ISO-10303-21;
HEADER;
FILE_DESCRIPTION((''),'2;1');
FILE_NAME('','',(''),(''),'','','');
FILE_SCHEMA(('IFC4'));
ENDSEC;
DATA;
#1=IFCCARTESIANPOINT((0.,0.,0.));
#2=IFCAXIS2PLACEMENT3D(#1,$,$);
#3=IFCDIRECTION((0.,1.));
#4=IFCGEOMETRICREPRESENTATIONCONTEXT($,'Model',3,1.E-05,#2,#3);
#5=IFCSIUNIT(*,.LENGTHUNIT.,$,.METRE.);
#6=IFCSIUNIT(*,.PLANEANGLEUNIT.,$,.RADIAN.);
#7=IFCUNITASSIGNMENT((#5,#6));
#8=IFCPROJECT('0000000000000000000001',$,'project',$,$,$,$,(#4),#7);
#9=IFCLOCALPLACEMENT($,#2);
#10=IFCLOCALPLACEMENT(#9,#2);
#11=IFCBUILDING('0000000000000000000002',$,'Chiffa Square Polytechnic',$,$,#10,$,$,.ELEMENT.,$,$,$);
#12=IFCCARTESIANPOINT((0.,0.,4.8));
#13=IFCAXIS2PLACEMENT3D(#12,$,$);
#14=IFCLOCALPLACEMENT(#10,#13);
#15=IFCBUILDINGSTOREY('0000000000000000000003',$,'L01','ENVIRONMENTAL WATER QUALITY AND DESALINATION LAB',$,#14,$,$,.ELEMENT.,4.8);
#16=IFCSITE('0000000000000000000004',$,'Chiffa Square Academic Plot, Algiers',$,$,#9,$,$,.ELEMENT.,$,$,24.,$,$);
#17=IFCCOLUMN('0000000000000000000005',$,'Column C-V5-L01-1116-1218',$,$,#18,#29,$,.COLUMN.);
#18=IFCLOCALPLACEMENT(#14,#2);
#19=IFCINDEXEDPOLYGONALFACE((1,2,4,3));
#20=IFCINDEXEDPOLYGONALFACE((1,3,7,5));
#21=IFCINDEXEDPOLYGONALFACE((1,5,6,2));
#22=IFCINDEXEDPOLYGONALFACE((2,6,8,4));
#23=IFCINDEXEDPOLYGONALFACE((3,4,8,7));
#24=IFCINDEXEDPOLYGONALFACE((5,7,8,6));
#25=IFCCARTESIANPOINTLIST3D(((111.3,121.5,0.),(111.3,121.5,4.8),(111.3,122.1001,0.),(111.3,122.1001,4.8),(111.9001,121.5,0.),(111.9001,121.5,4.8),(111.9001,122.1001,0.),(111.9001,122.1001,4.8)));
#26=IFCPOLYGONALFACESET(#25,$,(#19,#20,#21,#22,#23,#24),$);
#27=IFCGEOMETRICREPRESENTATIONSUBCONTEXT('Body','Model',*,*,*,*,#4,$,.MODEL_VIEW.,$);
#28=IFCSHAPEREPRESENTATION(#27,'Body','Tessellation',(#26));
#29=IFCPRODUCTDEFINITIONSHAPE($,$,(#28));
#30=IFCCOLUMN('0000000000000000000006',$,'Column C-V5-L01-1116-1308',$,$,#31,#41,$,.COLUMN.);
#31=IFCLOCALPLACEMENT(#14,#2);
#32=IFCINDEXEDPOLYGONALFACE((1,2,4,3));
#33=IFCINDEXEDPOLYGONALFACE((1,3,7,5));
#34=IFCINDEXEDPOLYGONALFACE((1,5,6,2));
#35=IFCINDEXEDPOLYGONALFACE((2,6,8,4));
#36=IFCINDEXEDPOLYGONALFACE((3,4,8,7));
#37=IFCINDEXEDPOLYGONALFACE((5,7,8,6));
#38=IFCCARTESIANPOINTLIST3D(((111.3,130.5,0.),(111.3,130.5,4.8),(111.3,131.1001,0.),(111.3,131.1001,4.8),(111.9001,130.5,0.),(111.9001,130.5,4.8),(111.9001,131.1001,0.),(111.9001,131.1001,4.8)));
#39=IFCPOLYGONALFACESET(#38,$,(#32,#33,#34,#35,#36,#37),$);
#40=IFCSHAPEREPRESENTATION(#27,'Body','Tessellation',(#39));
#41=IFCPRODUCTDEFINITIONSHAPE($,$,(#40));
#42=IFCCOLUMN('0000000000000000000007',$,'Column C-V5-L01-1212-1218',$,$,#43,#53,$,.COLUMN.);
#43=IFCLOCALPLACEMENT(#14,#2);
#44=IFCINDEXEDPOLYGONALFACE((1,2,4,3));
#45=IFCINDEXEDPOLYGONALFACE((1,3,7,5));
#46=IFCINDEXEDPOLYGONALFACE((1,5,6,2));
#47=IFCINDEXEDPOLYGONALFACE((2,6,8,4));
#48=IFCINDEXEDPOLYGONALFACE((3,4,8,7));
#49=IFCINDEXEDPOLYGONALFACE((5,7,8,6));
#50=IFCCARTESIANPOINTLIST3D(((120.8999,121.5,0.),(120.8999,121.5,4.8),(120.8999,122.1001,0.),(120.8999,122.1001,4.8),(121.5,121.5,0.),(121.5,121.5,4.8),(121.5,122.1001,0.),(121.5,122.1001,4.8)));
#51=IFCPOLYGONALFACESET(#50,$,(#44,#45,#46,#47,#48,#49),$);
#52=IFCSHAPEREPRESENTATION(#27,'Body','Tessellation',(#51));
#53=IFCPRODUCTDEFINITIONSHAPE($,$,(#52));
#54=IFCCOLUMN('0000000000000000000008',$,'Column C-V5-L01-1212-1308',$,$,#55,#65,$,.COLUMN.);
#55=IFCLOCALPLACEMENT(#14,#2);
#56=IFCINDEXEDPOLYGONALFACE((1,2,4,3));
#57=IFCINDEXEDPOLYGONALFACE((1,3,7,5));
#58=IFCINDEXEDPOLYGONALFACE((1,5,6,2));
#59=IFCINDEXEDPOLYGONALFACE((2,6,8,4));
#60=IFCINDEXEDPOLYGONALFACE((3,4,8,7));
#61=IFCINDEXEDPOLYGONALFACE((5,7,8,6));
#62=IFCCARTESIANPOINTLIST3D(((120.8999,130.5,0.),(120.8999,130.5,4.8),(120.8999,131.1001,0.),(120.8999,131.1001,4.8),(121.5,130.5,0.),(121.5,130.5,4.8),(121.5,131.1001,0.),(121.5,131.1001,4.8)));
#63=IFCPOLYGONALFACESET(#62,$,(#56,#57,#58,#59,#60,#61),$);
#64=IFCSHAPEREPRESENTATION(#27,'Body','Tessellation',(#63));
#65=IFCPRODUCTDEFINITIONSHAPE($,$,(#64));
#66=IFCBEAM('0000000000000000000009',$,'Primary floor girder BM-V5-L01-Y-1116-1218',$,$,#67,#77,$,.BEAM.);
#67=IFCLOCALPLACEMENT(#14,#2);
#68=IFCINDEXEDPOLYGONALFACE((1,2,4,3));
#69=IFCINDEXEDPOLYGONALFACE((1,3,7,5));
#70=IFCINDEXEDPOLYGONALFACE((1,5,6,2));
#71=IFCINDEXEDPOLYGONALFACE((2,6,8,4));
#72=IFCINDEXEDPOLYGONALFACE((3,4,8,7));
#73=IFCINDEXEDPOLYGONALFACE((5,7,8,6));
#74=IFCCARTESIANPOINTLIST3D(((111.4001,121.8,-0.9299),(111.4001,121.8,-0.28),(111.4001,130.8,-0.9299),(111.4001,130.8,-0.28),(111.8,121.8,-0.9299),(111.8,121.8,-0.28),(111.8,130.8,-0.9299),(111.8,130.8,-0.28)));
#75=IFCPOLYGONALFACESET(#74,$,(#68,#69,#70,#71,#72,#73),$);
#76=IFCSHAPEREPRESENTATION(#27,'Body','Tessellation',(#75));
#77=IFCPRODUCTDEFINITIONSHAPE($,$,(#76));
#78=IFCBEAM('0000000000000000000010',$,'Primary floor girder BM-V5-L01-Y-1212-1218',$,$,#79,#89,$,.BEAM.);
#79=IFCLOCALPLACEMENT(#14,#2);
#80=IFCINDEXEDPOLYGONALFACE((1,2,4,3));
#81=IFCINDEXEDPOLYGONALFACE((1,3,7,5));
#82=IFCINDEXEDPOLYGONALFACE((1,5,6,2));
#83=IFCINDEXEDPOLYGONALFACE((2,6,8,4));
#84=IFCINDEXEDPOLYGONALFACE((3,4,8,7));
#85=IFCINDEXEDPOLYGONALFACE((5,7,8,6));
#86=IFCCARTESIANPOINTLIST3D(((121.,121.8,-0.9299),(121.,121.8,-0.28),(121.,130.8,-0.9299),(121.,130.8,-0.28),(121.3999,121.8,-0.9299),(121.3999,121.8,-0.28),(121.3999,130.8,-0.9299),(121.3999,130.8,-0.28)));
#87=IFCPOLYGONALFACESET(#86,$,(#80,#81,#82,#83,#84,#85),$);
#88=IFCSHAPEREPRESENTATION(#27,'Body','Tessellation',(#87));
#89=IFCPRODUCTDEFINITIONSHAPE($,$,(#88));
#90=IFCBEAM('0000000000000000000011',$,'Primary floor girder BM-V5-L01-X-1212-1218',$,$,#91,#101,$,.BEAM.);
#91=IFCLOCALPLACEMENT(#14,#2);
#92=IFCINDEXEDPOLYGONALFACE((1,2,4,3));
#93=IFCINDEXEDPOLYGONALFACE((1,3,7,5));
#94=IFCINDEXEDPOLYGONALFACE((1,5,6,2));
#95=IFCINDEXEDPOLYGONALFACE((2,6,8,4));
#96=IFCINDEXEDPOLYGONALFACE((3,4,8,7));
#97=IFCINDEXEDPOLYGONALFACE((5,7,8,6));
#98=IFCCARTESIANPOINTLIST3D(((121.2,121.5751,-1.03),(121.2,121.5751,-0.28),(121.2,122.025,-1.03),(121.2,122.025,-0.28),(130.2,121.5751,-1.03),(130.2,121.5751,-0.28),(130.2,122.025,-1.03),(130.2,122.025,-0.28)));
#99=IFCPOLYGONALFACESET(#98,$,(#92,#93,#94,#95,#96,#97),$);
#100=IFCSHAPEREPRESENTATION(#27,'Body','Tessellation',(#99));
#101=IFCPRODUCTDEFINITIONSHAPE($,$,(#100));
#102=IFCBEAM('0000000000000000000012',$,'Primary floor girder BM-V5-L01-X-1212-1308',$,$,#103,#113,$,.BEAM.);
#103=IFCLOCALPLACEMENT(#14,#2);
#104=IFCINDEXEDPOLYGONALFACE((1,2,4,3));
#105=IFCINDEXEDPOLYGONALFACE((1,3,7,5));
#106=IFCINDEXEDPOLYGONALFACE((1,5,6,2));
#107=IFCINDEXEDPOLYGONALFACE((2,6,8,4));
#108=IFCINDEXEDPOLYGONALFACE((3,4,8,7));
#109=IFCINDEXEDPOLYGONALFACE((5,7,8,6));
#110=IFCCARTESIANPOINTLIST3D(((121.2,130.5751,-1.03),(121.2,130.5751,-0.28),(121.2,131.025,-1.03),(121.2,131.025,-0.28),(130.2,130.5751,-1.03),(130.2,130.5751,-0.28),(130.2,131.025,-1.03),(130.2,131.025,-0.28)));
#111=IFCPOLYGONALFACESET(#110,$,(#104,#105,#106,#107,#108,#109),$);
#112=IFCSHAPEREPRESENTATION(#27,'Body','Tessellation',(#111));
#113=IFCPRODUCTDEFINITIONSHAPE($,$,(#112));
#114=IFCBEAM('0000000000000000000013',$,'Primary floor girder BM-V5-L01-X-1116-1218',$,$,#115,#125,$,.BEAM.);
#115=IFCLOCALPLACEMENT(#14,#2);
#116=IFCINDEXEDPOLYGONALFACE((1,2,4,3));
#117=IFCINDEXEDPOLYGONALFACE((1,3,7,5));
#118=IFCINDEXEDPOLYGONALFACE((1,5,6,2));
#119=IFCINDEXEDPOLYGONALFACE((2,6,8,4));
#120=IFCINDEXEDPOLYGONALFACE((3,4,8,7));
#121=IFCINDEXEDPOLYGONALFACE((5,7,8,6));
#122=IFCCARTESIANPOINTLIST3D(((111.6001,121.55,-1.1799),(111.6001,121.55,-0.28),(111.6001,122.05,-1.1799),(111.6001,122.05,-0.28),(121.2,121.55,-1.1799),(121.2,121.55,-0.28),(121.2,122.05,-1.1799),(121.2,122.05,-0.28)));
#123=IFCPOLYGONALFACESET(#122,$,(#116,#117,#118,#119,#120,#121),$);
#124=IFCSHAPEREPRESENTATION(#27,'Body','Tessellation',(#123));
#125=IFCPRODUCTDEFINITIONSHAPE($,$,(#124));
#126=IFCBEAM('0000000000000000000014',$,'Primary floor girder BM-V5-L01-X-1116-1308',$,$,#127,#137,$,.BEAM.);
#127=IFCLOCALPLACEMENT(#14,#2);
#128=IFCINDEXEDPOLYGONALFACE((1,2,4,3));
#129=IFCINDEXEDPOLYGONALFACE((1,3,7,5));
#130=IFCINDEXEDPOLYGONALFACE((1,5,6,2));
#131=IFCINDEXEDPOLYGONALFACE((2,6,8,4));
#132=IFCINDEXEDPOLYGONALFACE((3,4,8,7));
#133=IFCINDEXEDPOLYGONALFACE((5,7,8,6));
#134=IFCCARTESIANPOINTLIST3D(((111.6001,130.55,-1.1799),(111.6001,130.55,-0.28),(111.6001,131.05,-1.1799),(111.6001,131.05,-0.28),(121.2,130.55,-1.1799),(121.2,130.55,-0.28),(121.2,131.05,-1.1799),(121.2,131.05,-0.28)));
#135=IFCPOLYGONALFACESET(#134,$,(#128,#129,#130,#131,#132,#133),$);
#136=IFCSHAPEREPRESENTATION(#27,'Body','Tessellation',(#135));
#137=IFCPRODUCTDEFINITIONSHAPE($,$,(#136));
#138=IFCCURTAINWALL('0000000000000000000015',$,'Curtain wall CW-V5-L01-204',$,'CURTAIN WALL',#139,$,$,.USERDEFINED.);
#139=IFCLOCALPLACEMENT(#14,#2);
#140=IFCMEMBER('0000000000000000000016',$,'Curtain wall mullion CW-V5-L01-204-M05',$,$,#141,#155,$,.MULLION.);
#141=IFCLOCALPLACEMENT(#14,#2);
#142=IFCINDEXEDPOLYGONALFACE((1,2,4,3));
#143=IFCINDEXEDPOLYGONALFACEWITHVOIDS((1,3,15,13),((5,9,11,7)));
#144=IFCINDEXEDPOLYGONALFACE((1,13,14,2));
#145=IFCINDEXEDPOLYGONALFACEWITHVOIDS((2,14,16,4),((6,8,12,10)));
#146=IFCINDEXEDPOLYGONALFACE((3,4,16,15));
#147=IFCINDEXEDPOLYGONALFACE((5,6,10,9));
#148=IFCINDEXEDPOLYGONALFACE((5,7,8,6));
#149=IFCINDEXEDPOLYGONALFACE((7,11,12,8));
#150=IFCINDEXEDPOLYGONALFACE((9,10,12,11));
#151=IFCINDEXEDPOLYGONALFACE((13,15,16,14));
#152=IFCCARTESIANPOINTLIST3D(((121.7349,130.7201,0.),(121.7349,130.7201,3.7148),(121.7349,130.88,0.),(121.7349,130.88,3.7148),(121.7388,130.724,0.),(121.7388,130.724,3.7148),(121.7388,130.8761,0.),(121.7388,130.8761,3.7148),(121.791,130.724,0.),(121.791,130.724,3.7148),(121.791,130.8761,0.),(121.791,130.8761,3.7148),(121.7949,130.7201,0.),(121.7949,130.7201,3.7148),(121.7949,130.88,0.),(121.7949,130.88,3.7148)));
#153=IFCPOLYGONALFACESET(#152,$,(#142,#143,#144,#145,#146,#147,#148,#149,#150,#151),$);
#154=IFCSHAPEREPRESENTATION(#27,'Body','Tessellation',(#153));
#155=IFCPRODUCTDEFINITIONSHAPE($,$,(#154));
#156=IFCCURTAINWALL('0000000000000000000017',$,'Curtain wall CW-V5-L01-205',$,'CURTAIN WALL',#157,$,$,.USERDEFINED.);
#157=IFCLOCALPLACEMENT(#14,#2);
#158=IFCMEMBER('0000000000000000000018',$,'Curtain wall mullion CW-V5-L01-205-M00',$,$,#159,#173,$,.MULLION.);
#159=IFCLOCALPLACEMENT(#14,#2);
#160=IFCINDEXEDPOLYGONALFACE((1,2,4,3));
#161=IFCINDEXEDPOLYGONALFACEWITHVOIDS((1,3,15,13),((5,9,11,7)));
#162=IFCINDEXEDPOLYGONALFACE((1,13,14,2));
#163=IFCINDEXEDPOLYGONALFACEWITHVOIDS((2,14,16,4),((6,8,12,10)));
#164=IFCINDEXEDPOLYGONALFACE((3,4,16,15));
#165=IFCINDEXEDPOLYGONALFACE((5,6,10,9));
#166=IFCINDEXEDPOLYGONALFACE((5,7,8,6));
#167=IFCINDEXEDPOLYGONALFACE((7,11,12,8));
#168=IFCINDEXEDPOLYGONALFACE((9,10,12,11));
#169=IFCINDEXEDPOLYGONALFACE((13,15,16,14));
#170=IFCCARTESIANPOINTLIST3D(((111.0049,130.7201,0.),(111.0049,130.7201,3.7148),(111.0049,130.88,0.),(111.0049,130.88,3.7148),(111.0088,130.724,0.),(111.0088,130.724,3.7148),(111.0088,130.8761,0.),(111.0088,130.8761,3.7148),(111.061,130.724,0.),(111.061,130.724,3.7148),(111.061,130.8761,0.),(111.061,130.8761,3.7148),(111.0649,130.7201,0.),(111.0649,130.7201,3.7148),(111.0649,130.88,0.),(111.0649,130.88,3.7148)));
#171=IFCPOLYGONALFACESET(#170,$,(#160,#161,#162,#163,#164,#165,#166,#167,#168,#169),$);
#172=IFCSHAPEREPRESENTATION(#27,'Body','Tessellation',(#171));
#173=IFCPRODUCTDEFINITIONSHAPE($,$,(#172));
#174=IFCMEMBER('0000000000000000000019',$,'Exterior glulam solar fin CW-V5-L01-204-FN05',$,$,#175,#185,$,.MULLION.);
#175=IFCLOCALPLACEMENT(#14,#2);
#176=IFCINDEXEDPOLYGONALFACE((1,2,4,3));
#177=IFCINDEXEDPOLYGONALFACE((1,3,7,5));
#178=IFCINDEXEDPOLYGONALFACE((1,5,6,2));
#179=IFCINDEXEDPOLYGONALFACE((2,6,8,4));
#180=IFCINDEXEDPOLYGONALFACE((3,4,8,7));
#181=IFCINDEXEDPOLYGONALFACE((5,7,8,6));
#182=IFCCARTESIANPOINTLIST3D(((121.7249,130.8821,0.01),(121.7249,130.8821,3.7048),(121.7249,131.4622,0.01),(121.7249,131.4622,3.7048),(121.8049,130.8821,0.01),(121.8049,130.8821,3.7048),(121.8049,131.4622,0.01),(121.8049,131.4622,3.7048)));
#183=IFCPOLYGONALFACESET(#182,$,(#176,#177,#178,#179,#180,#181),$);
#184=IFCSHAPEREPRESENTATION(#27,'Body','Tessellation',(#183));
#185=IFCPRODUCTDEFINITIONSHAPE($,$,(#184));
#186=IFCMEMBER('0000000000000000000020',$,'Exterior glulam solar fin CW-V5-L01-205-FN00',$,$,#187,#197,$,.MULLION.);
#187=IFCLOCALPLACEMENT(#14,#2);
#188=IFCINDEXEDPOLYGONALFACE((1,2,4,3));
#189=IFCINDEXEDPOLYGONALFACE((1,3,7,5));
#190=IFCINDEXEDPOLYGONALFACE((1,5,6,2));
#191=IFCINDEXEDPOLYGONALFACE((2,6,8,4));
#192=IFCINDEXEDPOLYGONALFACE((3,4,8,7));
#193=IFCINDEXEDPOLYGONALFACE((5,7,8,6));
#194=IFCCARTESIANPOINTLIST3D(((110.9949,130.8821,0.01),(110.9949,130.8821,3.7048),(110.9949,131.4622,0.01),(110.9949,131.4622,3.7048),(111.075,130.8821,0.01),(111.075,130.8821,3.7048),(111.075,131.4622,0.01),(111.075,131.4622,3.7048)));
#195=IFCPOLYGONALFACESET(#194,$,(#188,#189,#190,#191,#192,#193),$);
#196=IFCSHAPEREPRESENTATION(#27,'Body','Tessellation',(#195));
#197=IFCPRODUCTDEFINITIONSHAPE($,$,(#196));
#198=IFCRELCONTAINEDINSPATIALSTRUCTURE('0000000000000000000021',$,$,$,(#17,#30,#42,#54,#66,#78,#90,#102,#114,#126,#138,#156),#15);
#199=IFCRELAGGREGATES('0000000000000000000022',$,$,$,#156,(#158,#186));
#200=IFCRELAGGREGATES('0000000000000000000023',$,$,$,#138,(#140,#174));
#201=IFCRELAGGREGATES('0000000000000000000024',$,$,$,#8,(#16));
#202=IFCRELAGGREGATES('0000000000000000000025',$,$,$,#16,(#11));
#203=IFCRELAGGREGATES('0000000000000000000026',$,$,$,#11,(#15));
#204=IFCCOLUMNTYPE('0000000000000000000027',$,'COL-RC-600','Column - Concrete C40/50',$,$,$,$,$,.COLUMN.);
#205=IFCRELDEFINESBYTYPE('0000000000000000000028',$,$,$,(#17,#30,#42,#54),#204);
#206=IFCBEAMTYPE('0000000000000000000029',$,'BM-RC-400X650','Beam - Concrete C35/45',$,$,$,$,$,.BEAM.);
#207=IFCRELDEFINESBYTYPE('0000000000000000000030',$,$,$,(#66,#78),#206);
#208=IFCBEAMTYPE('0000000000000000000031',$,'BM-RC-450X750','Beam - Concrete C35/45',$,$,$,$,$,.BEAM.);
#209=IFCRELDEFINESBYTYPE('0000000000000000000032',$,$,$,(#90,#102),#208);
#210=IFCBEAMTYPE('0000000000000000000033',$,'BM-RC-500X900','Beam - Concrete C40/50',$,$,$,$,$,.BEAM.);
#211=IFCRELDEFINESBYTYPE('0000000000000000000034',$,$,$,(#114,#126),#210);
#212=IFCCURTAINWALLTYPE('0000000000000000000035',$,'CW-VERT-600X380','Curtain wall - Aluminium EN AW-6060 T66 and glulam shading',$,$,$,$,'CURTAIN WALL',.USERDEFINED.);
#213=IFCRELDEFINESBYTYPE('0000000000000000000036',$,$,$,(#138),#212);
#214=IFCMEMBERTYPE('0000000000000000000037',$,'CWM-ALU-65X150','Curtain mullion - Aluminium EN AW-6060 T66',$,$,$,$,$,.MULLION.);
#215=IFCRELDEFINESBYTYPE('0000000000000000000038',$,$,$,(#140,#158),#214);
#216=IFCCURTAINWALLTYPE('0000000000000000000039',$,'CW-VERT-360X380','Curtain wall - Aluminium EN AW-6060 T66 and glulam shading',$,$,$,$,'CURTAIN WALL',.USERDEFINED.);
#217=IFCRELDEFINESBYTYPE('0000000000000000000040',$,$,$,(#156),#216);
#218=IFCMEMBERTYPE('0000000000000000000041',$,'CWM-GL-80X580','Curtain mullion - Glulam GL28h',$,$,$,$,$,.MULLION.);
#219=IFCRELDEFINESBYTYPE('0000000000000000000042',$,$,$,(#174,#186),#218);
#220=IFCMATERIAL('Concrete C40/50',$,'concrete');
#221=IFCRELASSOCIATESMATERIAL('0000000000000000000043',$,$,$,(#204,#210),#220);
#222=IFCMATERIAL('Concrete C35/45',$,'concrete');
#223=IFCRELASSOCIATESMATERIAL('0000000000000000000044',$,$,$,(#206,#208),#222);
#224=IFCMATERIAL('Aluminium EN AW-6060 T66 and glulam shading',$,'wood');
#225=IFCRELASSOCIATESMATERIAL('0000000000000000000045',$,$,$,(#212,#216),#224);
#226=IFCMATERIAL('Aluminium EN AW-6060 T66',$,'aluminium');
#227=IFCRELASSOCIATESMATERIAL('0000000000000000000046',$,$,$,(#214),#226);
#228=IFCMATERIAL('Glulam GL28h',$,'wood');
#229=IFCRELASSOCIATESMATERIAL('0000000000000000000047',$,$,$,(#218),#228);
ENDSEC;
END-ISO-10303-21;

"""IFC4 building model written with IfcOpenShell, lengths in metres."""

from ifc_helpers import new_model, si_unit, direction, frame, origin, origin_2d, place, context, subcontext, project, spatial, rectangle, hollow_rectangle, extrude, material, material_profile, profile_set, type_object, element, aggregate, save


model = new_model("IFC4")

# Units and contexts
model_context = context("Model", 3, precision=1e-05, world=origin(), true_north=direction((0.0, 1.0)))
body_context = subcontext(model_context, "Body", "Model", "MODEL_VIEW")
ifc_project = project(units=[si_unit("LENGTHUNIT", "METRE"), si_unit("PLANEANGLEUNIT", "RADIAN")], contexts=[model_context])

# Site, building, storey
site_placement = place(None, origin())
site = spatial("IfcSite", under=ifc_project, at=site_placement, Name="Chiffa Square Academic Plot, Algiers", CompositionType="ELEMENT", RefElevation=24.0)
building_placement = place(site_placement, origin())
building = spatial("IfcBuilding", under=site, at=building_placement, Name="Chiffa Square Polytechnic", CompositionType="ELEMENT")
storey_placement = place(building_placement, frame((0.0, 0.0, 4.8)))
storey = spatial("IfcBuildingStorey", under=building, at=storey_placement, Name="L01", Description="ENVIRONMENTAL WATER QUALITY AND DESALINATION LAB", CompositionType="ELEMENT", Elevation=4.8)

# Columns
ifc_material_1 = material(Name="Concrete C40/50", Category="concrete")
ifc_material_profile_1 = material_profile(ifc_material_1, rectangle(XDim=0.6001, YDim=0.6001, at=origin_2d()), Name="RC 600x600")
ifc_profile_set_1 = profile_set([ifc_material_profile_1], Name="Concrete C40/50")
column_type = type_object("IfcColumnType", Name="COL-RC-600", Description="Column - Concrete C40/50", PredefinedType="COLUMN", material=ifc_profile_set_1)
for number, where, z_axis, x_axis, name in (
    (1, (111.6001, 121.8, 0.0), (0.0, 0.0, 1.0), (1.0, 0.0, 0.0), "Column C-V5-L01-1116-1218"),
    (2, (111.6001, 130.8, 0.0), (0.0, 0.0, 1.0), (1.0, 0.0, 0.0), "Column C-V5-L01-1116-1308"),
    (3, (121.2, 121.8, 0.0), (0.0, 0.0, 1.0), (1.0, 0.0, 0.0), "Column C-V5-L01-1212-1218"),
    (4, (121.2, 130.8, 0.0), (0.0, 0.0, 1.0), (1.0, 0.0, 0.0), "Column C-V5-L01-1212-1308"),
):
    element("IfcColumn", number, at=place(storey_placement, frame(where, z_axis=z_axis, x_axis=x_axis)), inside=storey, type_object=column_type, Name=name, PredefinedType="COLUMN", context=body_context, shape_type="SweptSolid", body=[
        extrude(rectangle(XDim=0.6001, YDim=0.6001, at=origin_2d()), origin(), (0.0, 0.0, 1.0), 4.8),
    ])

# Beams
ifc_material_2 = material(Name="Concrete C35/45", Category="concrete")
ifc_material_profile_2 = material_profile(ifc_material_2, rectangle(XDim=0.3999, YDim=0.6499, at=origin_2d()), Name="RC 400x650")
ifc_profile_set_2 = profile_set([ifc_material_profile_2], Name="Concrete C35/45")
beam_type_1 = type_object("IfcBeamType", Name="BM-RC-400X650", Description="Beam - Concrete C35/45", PredefinedType="BEAM", material=ifc_profile_set_2)
for number, where, z_axis, x_axis, name in (
    (5, (111.6001, 121.8, -0.605), (0.0, 1.0, 0.0), (-1.0, 0.0, 0.0), "Primary floor girder BM-V5-L01-Y-1116-1218"),
    (6, (121.2, 121.8, -0.605), (0.0, 1.0, 0.0), (-1.0, 0.0, 0.0), "Primary floor girder BM-V5-L01-Y-1212-1218"),
):
    element("IfcBeam", number, at=place(storey_placement, frame(where, z_axis=z_axis, x_axis=x_axis)), inside=storey, type_object=beam_type_1, Name=name, PredefinedType="BEAM", context=body_context, shape_type="SweptSolid", body=[
        extrude(rectangle(XDim=0.3999, YDim=0.6499, at=origin_2d()), origin(), (0.0, 0.0, 1.0), 9.0),
    ])
ifc_material_profile_3 = material_profile(ifc_material_2, rectangle(XDim=0.45, YDim=0.75, at=origin_2d()), Name="RC 450x750")
ifc_profile_set_3 = profile_set([ifc_material_profile_3], Name="Concrete C35/45")
beam_type_2 = type_object("IfcBeamType", Name="BM-RC-450X750", Description="Beam - Concrete C35/45", PredefinedType="BEAM", material=ifc_profile_set_3)
for number, where, z_axis, x_axis, name in (
    (7, (121.2, 121.8, -0.655), (1.0, 0.0, 0.0), (0.0, 1.0, 0.0), "Primary floor girder BM-V5-L01-X-1212-1218"),
    (8, (121.2, 130.8, -0.655), (1.0, 0.0, 0.0), (0.0, 1.0, 0.0), "Primary floor girder BM-V5-L01-X-1212-1308"),
):
    element("IfcBeam", number, at=place(storey_placement, frame(where, z_axis=z_axis, x_axis=x_axis)), inside=storey, type_object=beam_type_2, Name=name, PredefinedType="BEAM", context=body_context, shape_type="SweptSolid", body=[
        extrude(rectangle(XDim=0.45, YDim=0.75, at=origin_2d()), origin(), (0.0, 0.0, 1.0), 9.0),
    ])
ifc_material_profile_4 = material_profile(ifc_material_1, rectangle(XDim=0.5, YDim=0.8999, at=origin_2d()), Name="RC 500x900")
ifc_profile_set_4 = profile_set([ifc_material_profile_4], Name="Concrete C40/50")
beam_type_3 = type_object("IfcBeamType", Name="BM-RC-500X900", Description="Beam - Concrete C40/50", PredefinedType="BEAM", material=ifc_profile_set_4)
for number, where, z_axis, x_axis, name in (
    (9, (111.6001, 121.8, -0.73), (1.0, 0.0, 0.0), (0.0, 1.0, 0.0), "Primary floor girder BM-V5-L01-X-1116-1218"),
    (10, (111.6001, 130.8, -0.73), (1.0, 0.0, 0.0), (0.0, 1.0, 0.0), "Primary floor girder BM-V5-L01-X-1116-1308"),
):
    element("IfcBeam", number, at=place(storey_placement, frame(where, z_axis=z_axis, x_axis=x_axis)), inside=storey, type_object=beam_type_3, Name=name, PredefinedType="BEAM", context=body_context, shape_type="SweptSolid", body=[
        extrude(rectangle(XDim=0.5, YDim=0.8999, at=origin_2d()), origin(), (0.0, 0.0, 1.0), 9.5999),
    ])

# Curtain walls, members
ifc_material_3 = material(Name="Aluminium EN AW-6060 T66 and glulam shading", Category="wood")
curtain_wall_type_1 = type_object("IfcCurtainWallType", Name="CW-VERT-600X380", Description="Curtain wall - Aluminium EN AW-6060 T66 and glulam shading", ElementType="CURTAIN WALL", PredefinedType="USERDEFINED", material=ifc_material_3)
curtain_wall_1_placement = place(storey_placement, origin())
curtain_wall_1 = element("IfcCurtainWall", 11, at=curtain_wall_1_placement, inside=storey, type_object=curtain_wall_type_1, Name="Curtain wall CW-V5-L01-204", ObjectType="CURTAIN WALL", PredefinedType="USERDEFINED")
ifc_material_4 = material(Name="Aluminium EN AW-6060 T66", Category="aluminium")
ifc_material_profile_5 = material_profile(ifc_material_4, hollow_rectangle(XDim=0.0601, YDim=0.1599, WallThickness=0.0039, at=origin_2d()), Name="ALU 60x160x4")
ifc_profile_set_5 = profile_set([ifc_material_profile_5], Name="Aluminium EN AW-6060 T66")
member_type_1 = type_object("IfcMemberType", Name="CWM-ALU-65X150", Description="Curtain mullion - Aluminium EN AW-6060 T66", PredefinedType="MULLION", material=ifc_profile_set_5)
member_1_placement = place(storey_placement, frame((121.7649, 130.8, 0.0), z_axis=(0.0, 0.0, 1.0), x_axis=(1.0, 0.0, 0.0)))
member_1 = element("IfcMember", 12, at=member_1_placement, type_object=member_type_1, Name="Curtain wall mullion CW-V5-L01-204-M05", PredefinedType="MULLION", context=body_context, shape_type="SweptSolid", body=[
    extrude(hollow_rectangle(XDim=0.0601, YDim=0.1599, WallThickness=0.0039, at=origin_2d()), origin(), (0.0, 0.0, 1.0), 3.7148),
])
curtain_wall_type_2 = type_object("IfcCurtainWallType", Name="CW-VERT-360X380", Description="Curtain wall - Aluminium EN AW-6060 T66 and glulam shading", ElementType="CURTAIN WALL", PredefinedType="USERDEFINED", material=ifc_material_3)
curtain_wall_2_placement = place(storey_placement, origin())
curtain_wall_2 = element("IfcCurtainWall", 13, at=curtain_wall_2_placement, inside=storey, type_object=curtain_wall_type_2, Name="Curtain wall CW-V5-L01-205", ObjectType="CURTAIN WALL", PredefinedType="USERDEFINED")
member_2_placement = place(storey_placement, frame((111.0349, 130.8, 0.0), z_axis=(0.0, 0.0, 1.0), x_axis=(1.0, 0.0, 0.0)))
member_2 = element("IfcMember", 14, at=member_2_placement, type_object=member_type_1, Name="Curtain wall mullion CW-V5-L01-205-M00", PredefinedType="MULLION", context=body_context, shape_type="SweptSolid", body=[
    extrude(hollow_rectangle(XDim=0.0601, YDim=0.1599, WallThickness=0.0039, at=origin_2d()), origin(), (0.0, 0.0, 1.0), 3.7148),
])

# Members
ifc_material_5 = material(Name="Glulam GL28h", Category="wood")
ifc_material_profile_6 = material_profile(ifc_material_5, rectangle(XDim=0.0801, YDim=0.5801, at=origin_2d()), Name="GL28h 80x580")
ifc_profile_set_6 = profile_set([ifc_material_profile_6], Name="Glulam GL28h")
member_type_2 = type_object("IfcMemberType", Name="CWM-GL-80X580", Description="Curtain mullion - Glulam GL28h", PredefinedType="MULLION", material=ifc_profile_set_6)
member_3_placement = place(storey_placement, frame((121.7649, 131.1721, 0.01), z_axis=(0.0, 0.0, 1.0), x_axis=(-1.0, 0.0, 0.0)))
member_3 = element("IfcMember", 15, at=member_3_placement, type_object=member_type_2, Name="Exterior glulam solar fin CW-V5-L01-204-FN05", PredefinedType="MULLION", context=body_context, shape_type="SweptSolid", body=[
    extrude(rectangle(XDim=0.0801, YDim=0.5801, at=origin_2d()), origin(), (0.0, 0.0, 1.0), 3.6948),
])
member_4_placement = place(storey_placement, frame((111.0349, 131.1721, 0.01), z_axis=(0.0, 0.0, 1.0), x_axis=(-1.0, 0.0, 0.0)))
member_4 = element("IfcMember", 16, at=member_4_placement, type_object=member_type_2, Name="Exterior glulam solar fin CW-V5-L01-205-FN00", PredefinedType="MULLION", context=body_context, shape_type="SweptSolid", body=[
    extrude(rectangle(XDim=0.0801, YDim=0.5801, at=origin_2d()), origin(), (0.0, 0.0, 1.0), 3.6948),
])
aggregate(curtain_wall_2, [member_2, member_4])

aggregate(curtain_wall_1, [member_1, member_3])

save(model, "model.ifc")
